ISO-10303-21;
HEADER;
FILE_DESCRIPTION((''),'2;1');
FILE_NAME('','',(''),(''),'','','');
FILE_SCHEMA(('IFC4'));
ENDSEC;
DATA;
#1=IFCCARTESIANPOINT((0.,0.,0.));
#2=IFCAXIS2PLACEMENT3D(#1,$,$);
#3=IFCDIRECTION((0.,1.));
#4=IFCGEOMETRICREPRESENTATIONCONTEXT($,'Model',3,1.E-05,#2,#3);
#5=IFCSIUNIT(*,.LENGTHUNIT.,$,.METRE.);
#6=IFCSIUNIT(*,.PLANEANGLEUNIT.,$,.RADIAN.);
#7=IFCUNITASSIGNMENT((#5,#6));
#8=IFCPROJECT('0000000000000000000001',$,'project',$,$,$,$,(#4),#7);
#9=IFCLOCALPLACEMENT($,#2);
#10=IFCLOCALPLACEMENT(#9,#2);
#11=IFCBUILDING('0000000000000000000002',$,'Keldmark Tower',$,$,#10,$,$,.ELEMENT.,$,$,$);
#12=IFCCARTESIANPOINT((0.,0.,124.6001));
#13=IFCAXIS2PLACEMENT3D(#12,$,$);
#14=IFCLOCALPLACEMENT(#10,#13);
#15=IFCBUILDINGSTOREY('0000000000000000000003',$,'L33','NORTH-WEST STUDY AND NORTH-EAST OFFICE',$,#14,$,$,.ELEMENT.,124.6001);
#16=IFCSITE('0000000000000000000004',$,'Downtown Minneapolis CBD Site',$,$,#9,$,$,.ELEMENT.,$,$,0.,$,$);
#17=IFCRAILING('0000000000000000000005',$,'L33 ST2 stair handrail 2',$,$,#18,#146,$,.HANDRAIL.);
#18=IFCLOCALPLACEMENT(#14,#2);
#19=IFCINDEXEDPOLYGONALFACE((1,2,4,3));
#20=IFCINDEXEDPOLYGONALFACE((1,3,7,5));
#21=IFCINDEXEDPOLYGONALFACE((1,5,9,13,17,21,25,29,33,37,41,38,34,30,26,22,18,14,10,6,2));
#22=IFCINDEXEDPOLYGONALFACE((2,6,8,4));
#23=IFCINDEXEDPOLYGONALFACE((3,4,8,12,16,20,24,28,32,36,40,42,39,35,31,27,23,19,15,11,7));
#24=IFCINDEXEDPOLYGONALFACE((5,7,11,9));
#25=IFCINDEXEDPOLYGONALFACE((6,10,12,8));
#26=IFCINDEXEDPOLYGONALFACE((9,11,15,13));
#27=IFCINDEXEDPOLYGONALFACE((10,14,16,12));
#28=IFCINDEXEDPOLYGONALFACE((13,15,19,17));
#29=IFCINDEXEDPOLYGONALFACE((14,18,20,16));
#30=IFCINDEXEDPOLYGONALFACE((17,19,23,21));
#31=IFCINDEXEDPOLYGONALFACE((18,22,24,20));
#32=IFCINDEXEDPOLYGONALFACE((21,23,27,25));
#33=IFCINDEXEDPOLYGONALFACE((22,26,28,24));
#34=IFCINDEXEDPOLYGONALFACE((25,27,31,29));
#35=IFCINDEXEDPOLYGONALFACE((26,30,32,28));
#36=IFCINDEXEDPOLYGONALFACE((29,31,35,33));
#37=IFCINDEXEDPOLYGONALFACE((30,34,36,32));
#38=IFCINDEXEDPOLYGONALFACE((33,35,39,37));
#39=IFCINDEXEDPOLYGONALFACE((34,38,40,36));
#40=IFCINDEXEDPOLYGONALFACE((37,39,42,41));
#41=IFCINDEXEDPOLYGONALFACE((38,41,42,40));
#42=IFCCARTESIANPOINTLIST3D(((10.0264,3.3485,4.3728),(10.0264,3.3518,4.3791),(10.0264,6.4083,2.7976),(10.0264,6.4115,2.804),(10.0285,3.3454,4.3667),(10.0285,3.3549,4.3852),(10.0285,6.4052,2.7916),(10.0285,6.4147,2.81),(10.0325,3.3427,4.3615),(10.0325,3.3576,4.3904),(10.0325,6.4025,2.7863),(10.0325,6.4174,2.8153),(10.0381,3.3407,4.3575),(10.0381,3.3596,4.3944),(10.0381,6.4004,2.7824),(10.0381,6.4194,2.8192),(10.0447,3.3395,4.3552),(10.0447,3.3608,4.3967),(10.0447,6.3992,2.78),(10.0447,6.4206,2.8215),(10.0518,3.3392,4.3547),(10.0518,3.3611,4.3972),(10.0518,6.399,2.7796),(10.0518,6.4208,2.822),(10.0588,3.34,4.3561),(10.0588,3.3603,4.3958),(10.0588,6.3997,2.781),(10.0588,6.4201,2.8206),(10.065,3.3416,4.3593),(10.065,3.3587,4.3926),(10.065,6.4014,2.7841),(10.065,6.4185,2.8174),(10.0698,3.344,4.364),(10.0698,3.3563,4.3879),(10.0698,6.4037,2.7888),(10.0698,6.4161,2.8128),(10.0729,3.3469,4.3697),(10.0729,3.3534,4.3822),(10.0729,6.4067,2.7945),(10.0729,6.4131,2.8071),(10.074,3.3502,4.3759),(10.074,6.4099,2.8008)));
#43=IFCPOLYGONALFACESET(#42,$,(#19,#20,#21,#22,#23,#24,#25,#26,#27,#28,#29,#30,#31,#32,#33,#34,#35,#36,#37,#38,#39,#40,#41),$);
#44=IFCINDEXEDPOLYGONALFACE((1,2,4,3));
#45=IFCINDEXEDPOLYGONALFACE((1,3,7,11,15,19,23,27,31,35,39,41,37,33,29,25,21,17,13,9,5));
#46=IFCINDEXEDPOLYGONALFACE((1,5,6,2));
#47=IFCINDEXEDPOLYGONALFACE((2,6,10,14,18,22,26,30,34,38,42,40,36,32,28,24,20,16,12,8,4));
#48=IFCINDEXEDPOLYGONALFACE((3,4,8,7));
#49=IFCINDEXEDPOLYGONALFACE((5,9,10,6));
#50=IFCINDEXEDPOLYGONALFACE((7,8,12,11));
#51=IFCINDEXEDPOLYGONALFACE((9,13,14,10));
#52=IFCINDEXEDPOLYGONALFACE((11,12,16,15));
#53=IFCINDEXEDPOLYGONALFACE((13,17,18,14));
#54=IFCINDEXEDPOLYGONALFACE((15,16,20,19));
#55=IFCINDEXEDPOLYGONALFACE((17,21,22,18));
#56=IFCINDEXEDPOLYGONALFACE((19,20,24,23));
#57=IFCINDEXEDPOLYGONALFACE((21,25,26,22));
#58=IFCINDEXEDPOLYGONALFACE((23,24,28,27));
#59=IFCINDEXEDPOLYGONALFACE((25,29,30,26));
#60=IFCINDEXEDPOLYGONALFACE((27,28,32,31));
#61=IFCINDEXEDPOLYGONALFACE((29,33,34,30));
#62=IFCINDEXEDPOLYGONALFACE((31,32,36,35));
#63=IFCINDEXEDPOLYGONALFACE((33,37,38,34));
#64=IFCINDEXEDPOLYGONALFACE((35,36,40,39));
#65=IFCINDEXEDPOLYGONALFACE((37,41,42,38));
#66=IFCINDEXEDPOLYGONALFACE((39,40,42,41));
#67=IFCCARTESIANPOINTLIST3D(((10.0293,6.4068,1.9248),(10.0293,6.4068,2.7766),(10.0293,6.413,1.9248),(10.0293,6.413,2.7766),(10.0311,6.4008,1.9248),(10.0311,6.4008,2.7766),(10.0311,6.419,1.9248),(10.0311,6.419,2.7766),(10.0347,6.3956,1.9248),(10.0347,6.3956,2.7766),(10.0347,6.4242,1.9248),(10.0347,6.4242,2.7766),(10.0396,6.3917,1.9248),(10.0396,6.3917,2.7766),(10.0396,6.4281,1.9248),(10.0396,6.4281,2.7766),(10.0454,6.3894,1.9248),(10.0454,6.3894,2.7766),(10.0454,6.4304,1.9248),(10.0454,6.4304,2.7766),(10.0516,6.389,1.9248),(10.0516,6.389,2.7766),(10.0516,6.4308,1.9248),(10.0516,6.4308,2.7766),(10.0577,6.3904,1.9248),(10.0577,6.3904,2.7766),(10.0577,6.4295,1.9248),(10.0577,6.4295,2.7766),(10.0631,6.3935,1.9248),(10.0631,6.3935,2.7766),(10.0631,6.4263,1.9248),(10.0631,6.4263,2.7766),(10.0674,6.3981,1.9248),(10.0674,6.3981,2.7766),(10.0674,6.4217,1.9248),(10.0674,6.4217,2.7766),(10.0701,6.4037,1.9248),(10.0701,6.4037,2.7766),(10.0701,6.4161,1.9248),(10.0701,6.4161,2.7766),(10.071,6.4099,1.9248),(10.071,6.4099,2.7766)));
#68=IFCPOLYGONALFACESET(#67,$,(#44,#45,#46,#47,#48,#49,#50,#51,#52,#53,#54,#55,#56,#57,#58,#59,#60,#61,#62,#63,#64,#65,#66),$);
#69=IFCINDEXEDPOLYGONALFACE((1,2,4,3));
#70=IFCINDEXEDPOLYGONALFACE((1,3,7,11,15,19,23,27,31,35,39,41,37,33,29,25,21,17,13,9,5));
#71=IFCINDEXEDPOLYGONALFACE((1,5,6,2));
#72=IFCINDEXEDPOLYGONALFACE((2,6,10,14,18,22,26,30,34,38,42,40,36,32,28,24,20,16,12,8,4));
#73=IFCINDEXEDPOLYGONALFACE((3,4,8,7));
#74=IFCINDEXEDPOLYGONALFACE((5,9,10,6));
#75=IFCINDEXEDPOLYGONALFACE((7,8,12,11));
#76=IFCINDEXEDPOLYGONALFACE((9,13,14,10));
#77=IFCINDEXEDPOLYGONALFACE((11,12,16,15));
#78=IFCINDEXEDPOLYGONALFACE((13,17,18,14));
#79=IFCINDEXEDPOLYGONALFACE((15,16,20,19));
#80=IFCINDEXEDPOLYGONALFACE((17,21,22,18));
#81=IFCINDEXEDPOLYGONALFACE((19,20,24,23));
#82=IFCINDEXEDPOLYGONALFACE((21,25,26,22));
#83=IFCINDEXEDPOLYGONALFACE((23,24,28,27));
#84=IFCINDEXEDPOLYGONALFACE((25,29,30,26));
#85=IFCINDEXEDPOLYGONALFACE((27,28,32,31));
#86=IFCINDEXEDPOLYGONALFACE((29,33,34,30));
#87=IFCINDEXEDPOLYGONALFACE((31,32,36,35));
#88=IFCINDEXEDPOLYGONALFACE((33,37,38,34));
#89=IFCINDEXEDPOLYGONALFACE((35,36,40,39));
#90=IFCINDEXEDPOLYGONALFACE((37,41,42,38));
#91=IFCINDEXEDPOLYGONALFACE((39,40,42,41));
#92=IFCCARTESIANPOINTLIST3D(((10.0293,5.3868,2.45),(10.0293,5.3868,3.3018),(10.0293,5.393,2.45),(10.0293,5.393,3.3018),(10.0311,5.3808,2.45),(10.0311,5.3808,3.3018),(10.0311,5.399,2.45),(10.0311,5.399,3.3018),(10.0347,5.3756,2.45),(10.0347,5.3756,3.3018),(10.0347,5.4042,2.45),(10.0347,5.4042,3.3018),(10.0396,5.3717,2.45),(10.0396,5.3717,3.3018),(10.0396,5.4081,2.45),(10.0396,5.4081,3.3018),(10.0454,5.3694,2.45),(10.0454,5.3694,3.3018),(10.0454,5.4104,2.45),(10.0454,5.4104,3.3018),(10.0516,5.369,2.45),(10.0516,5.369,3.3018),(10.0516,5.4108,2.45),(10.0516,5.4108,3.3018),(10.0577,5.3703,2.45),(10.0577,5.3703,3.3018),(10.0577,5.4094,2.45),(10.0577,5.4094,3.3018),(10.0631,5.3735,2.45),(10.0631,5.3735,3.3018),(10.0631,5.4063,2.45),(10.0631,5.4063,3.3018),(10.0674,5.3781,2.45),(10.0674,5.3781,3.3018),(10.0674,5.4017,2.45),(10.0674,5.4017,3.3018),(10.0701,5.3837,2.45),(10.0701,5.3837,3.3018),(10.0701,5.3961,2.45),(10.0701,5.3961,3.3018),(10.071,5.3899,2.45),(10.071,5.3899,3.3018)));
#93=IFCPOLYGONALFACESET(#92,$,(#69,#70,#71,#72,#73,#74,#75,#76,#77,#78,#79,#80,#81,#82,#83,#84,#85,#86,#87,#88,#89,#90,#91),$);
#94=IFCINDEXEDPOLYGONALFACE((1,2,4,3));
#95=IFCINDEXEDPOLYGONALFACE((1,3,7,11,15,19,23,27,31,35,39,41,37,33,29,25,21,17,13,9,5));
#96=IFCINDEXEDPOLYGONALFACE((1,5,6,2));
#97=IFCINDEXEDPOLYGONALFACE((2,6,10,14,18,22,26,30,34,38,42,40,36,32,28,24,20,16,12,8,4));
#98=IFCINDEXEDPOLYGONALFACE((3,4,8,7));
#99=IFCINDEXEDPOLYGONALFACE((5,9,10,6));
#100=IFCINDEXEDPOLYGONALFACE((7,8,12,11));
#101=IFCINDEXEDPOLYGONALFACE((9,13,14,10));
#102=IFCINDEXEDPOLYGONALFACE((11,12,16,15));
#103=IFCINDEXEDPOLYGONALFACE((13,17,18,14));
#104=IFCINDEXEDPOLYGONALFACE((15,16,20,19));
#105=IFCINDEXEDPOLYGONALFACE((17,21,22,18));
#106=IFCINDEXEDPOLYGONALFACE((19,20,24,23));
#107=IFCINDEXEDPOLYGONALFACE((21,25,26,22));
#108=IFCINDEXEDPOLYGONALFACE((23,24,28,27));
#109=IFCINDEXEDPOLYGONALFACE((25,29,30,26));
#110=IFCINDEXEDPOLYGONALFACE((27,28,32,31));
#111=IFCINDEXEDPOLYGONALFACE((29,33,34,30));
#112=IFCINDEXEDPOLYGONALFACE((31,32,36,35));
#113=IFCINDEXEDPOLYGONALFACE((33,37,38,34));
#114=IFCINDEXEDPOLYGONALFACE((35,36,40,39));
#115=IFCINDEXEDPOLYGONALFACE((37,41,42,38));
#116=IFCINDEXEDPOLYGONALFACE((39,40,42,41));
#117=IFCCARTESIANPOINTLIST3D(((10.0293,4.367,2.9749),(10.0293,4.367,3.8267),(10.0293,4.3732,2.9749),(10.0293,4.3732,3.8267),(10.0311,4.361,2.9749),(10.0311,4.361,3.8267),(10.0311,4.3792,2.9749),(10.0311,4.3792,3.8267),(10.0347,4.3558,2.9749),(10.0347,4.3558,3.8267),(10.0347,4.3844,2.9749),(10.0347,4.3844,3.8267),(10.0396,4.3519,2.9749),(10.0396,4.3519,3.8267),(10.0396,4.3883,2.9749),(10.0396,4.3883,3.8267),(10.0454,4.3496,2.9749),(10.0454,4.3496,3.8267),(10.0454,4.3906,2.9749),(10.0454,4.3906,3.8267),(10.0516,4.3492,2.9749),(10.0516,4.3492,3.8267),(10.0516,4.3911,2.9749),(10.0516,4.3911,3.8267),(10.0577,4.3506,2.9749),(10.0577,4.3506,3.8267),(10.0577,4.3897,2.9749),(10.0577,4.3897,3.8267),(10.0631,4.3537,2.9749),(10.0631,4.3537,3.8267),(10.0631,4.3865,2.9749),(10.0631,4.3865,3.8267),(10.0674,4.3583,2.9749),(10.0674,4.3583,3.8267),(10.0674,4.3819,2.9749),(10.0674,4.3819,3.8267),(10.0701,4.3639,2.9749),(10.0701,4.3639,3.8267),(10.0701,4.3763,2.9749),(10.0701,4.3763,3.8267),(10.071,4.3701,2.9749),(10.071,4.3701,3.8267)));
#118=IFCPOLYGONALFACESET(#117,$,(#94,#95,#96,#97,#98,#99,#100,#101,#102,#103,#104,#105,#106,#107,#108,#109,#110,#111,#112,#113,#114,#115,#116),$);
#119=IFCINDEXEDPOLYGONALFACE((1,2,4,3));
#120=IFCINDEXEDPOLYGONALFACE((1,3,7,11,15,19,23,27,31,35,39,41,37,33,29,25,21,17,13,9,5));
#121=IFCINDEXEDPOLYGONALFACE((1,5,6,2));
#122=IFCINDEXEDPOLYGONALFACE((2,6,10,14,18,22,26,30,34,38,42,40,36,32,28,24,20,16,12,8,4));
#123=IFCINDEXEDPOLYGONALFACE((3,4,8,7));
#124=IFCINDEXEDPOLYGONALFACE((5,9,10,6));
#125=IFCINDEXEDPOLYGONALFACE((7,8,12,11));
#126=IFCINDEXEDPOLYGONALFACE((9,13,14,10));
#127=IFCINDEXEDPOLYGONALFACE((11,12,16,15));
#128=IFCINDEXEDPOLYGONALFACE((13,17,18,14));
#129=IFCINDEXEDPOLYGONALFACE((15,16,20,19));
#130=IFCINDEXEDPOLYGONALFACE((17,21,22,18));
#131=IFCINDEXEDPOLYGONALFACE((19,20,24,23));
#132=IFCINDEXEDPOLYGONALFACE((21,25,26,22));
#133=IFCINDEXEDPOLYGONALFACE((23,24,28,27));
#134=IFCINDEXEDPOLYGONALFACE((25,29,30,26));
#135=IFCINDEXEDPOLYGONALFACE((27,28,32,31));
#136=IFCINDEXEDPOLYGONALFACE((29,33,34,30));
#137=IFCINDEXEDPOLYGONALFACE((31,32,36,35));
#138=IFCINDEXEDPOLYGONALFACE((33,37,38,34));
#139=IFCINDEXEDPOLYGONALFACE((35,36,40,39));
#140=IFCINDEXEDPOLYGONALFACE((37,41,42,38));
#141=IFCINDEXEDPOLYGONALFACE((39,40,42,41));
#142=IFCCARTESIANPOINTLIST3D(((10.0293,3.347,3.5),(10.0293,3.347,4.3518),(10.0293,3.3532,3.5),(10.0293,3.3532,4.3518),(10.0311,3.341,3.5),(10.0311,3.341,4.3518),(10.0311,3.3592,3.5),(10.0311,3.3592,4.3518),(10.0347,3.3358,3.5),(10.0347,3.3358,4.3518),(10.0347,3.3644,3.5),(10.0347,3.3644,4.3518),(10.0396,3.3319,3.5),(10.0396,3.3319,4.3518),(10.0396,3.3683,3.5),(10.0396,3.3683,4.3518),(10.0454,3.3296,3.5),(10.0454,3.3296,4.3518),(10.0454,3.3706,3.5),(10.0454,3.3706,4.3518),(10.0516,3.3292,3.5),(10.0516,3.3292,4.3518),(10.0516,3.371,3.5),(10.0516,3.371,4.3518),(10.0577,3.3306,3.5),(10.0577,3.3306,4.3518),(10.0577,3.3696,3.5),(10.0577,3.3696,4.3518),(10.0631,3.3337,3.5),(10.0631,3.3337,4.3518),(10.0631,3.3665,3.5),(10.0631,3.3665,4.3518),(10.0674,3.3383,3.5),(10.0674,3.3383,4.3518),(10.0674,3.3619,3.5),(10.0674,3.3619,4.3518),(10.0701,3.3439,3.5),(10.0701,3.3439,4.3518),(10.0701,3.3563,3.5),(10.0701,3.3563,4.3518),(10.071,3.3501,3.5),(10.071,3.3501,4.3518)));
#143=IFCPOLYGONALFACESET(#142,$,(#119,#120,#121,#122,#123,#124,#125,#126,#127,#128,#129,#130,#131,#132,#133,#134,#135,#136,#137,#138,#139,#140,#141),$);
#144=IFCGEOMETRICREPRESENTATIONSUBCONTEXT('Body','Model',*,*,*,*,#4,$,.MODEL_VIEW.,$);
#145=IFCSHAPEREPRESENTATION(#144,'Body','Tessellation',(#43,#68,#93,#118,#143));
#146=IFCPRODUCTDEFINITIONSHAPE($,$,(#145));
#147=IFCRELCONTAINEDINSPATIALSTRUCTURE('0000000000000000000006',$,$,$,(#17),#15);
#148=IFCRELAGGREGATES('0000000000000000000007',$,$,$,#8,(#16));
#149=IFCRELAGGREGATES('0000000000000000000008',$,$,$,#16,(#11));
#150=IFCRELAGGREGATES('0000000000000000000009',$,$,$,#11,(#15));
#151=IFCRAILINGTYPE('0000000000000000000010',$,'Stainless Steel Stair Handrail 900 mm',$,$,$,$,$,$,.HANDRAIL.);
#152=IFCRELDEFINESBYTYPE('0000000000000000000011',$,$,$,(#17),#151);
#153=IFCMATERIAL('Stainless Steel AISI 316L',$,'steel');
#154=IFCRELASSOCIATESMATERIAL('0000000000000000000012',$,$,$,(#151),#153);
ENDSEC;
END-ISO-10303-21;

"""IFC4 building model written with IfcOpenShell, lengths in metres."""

from ifc_helpers import new_model, si_unit, direction, frame, origin, origin_2d, place, context, subcontext, project, spatial, circle, extrude, material, type_object, element, save


model = new_model("IFC4")

# Units and contexts
model_context = context("Model", 3, precision=1e-05, world=origin(), true_north=direction((0.0, 1.0)))
body_context = subcontext(model_context, "Body", "Model", "MODEL_VIEW")
ifc_project = project(units=[si_unit("LENGTHUNIT", "METRE"), si_unit("PLANEANGLEUNIT", "RADIAN")], contexts=[model_context])

# Site, building, storey
site_placement = place(None, origin())
site = spatial("IfcSite", under=ifc_project, at=site_placement, Name="Downtown Minneapolis CBD Site", CompositionType="ELEMENT", RefElevation=0.0)
building_placement = place(site_placement, origin())
building = spatial("IfcBuilding", under=site, at=building_placement, Name="Keldmark Tower", CompositionType="ELEMENT")
storey_placement = place(building_placement, frame((0.0, 0.0, 124.6001)))
storey = spatial("IfcBuildingStorey", under=building, at=storey_placement, Name="L33", Description="NORTH-WEST STUDY AND NORTH-EAST OFFICE", CompositionType="ELEMENT", Elevation=124.6001)

# Railing
ifc_material_1 = material(Name="Stainless Steel AISI 316L", Category="steel")
railing_type_1 = type_object("IfcRailingType", Name="Stainless Steel Stair Handrail 900 mm", PredefinedType="HANDRAIL", material=ifc_material_1)
railing_1_placement = place(storey_placement, frame((10.05, 6.4099, 1.9248)))
element("IfcRailing", 1, at=railing_1_placement, inside=storey, type_object=railing_type_1, Name="L33 ST2 stair handrail 2", PredefinedType="HANDRAIL", context=body_context, shape_type="SweptSolid", body=[
    extrude(circle(Radius=0.0239, at=origin_2d()), frame((0.0, 0.0, 0.876), z_axis=(0.0, -0.889101, 0.45771), x_axis=(1.0, 0.0, 0.0)), (0.0, 0.0, 1.0), 3.4414),
    extrude(circle(Radius=0.021, at=origin_2d()), origin(), (0.0, 0.0, 1.0), 0.8518),
    extrude(circle(Radius=0.021, at=origin_2d()), frame((0.0, -1.02, 0.5251)), (0.0, 0.0, 1.0), 0.8518),
    extrude(circle(Radius=0.021, at=origin_2d()), frame((0.0, -2.0398, 1.05)), (0.0, 0.0, 1.0), 0.8518),
    extrude(circle(Radius=0.021, at=origin_2d()), frame((0.0, -3.0598, 1.5752)), (0.0, 0.0, 1.0), 0.8518),
])

save(model, "model.ifc")
